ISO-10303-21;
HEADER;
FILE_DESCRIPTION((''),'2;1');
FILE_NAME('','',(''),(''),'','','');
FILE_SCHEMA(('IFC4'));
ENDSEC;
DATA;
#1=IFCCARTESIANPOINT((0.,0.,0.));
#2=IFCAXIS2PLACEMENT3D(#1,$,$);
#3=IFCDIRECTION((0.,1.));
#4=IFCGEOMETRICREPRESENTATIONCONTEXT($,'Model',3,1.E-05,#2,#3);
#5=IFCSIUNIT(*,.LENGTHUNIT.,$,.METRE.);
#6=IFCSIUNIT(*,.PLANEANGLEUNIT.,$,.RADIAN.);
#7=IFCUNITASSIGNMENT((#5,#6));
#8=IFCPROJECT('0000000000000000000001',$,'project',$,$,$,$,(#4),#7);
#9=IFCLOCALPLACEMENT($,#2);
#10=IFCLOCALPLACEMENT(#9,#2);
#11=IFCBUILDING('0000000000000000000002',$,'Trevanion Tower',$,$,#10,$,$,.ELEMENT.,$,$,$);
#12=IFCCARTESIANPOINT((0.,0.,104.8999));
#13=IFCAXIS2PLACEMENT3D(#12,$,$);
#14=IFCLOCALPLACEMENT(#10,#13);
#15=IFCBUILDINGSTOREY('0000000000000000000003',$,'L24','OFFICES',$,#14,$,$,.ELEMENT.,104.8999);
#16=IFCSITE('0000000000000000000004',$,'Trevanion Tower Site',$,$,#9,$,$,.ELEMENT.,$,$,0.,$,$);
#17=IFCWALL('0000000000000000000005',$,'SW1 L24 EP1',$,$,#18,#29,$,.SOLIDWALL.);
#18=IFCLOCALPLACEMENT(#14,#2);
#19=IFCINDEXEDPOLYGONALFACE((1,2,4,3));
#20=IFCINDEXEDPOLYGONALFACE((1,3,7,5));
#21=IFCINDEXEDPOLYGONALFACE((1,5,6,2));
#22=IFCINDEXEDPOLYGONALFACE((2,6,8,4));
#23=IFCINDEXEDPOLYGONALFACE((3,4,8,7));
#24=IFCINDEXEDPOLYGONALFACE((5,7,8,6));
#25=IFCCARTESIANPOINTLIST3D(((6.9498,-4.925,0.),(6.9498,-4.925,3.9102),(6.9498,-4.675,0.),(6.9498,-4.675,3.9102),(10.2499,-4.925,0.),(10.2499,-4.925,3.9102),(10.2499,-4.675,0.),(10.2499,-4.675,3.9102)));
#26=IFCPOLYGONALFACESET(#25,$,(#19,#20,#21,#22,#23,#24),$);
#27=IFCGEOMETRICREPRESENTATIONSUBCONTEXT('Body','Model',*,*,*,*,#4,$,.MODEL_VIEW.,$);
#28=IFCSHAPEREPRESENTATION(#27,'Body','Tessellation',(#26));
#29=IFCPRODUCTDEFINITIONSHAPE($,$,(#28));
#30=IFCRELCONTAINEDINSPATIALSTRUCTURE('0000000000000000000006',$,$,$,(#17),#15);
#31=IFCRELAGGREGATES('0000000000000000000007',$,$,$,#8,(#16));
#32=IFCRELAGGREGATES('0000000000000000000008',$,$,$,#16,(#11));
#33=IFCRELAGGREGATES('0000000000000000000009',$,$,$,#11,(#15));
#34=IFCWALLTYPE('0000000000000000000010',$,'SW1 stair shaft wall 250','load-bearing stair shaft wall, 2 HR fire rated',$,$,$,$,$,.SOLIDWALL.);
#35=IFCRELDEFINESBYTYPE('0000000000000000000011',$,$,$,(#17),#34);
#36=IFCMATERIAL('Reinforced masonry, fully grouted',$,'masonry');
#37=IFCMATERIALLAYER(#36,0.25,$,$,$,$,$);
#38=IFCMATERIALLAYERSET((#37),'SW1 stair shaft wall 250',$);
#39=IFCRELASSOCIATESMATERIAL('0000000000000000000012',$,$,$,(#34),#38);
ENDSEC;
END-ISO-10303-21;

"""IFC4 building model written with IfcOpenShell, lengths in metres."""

from ifc_helpers import new_model, si_unit, direction, frame, frame_2d, origin, place, context, subcontext, project, spatial, rectangle, extrude, material, layer, layer_set, type_object, element, save


model = new_model("IFC4")

# Units and contexts
model_context = context("Model", 3, precision=1e-05, world=origin(), true_north=direction((0.0, 1.0)))
body_context = subcontext(model_context, "Body", "Model", "MODEL_VIEW")
ifc_project = project(units=[si_unit("LENGTHUNIT", "METRE"), si_unit("PLANEANGLEUNIT", "RADIAN")], contexts=[model_context])

# Site, building, storey
site_placement = place(None, origin())
site = spatial("IfcSite", under=ifc_project, at=site_placement, Name="Trevanion Tower Site", CompositionType="ELEMENT", RefElevation=0.0)
building_placement = place(site_placement, origin())
building = spatial("IfcBuilding", under=site, at=building_placement, Name="Trevanion Tower", CompositionType="ELEMENT")
storey_placement = place(building_placement, frame((0.0, 0.0, 104.8999)))
storey = spatial("IfcBuildingStorey", under=building, at=storey_placement, Name="L24", Description="OFFICES", CompositionType="ELEMENT", Elevation=104.8999)

# Wall
ifc_material_1 = material(Name="Reinforced masonry, fully grouted", Category="masonry")
ifc_layer_1 = layer(ifc_material_1, 0.25)
ifc_layer_set_1 = layer_set([ifc_layer_1], Name="SW1 stair shaft wall 250")
wall_type_1 = type_object("IfcWallType", Name="SW1 stair shaft wall 250", Description="load-bearing stair shaft wall, 2 HR fire rated", PredefinedType="SOLIDWALL", material=ifc_layer_set_1)
wall_1_placement = place(storey_placement, frame((6.95, -4.8, 0.0), z_axis=(0.0, 0.0, 1.0), x_axis=(1.0, 0.0, 0.0)))
element("IfcWall", 1, at=wall_1_placement, inside=storey, type_object=wall_type_1, Name="SW1 L24 EP1", PredefinedType="SOLIDWALL", context=body_context, shape_type="SweptSolid", body=[
    extrude(rectangle(XDim=3.3, YDim=0.25, at=frame_2d((1.6499, 0.0))), origin(), (0.0, 0.0, 1.0), 3.9102),
])

save(model, "model.ifc")
